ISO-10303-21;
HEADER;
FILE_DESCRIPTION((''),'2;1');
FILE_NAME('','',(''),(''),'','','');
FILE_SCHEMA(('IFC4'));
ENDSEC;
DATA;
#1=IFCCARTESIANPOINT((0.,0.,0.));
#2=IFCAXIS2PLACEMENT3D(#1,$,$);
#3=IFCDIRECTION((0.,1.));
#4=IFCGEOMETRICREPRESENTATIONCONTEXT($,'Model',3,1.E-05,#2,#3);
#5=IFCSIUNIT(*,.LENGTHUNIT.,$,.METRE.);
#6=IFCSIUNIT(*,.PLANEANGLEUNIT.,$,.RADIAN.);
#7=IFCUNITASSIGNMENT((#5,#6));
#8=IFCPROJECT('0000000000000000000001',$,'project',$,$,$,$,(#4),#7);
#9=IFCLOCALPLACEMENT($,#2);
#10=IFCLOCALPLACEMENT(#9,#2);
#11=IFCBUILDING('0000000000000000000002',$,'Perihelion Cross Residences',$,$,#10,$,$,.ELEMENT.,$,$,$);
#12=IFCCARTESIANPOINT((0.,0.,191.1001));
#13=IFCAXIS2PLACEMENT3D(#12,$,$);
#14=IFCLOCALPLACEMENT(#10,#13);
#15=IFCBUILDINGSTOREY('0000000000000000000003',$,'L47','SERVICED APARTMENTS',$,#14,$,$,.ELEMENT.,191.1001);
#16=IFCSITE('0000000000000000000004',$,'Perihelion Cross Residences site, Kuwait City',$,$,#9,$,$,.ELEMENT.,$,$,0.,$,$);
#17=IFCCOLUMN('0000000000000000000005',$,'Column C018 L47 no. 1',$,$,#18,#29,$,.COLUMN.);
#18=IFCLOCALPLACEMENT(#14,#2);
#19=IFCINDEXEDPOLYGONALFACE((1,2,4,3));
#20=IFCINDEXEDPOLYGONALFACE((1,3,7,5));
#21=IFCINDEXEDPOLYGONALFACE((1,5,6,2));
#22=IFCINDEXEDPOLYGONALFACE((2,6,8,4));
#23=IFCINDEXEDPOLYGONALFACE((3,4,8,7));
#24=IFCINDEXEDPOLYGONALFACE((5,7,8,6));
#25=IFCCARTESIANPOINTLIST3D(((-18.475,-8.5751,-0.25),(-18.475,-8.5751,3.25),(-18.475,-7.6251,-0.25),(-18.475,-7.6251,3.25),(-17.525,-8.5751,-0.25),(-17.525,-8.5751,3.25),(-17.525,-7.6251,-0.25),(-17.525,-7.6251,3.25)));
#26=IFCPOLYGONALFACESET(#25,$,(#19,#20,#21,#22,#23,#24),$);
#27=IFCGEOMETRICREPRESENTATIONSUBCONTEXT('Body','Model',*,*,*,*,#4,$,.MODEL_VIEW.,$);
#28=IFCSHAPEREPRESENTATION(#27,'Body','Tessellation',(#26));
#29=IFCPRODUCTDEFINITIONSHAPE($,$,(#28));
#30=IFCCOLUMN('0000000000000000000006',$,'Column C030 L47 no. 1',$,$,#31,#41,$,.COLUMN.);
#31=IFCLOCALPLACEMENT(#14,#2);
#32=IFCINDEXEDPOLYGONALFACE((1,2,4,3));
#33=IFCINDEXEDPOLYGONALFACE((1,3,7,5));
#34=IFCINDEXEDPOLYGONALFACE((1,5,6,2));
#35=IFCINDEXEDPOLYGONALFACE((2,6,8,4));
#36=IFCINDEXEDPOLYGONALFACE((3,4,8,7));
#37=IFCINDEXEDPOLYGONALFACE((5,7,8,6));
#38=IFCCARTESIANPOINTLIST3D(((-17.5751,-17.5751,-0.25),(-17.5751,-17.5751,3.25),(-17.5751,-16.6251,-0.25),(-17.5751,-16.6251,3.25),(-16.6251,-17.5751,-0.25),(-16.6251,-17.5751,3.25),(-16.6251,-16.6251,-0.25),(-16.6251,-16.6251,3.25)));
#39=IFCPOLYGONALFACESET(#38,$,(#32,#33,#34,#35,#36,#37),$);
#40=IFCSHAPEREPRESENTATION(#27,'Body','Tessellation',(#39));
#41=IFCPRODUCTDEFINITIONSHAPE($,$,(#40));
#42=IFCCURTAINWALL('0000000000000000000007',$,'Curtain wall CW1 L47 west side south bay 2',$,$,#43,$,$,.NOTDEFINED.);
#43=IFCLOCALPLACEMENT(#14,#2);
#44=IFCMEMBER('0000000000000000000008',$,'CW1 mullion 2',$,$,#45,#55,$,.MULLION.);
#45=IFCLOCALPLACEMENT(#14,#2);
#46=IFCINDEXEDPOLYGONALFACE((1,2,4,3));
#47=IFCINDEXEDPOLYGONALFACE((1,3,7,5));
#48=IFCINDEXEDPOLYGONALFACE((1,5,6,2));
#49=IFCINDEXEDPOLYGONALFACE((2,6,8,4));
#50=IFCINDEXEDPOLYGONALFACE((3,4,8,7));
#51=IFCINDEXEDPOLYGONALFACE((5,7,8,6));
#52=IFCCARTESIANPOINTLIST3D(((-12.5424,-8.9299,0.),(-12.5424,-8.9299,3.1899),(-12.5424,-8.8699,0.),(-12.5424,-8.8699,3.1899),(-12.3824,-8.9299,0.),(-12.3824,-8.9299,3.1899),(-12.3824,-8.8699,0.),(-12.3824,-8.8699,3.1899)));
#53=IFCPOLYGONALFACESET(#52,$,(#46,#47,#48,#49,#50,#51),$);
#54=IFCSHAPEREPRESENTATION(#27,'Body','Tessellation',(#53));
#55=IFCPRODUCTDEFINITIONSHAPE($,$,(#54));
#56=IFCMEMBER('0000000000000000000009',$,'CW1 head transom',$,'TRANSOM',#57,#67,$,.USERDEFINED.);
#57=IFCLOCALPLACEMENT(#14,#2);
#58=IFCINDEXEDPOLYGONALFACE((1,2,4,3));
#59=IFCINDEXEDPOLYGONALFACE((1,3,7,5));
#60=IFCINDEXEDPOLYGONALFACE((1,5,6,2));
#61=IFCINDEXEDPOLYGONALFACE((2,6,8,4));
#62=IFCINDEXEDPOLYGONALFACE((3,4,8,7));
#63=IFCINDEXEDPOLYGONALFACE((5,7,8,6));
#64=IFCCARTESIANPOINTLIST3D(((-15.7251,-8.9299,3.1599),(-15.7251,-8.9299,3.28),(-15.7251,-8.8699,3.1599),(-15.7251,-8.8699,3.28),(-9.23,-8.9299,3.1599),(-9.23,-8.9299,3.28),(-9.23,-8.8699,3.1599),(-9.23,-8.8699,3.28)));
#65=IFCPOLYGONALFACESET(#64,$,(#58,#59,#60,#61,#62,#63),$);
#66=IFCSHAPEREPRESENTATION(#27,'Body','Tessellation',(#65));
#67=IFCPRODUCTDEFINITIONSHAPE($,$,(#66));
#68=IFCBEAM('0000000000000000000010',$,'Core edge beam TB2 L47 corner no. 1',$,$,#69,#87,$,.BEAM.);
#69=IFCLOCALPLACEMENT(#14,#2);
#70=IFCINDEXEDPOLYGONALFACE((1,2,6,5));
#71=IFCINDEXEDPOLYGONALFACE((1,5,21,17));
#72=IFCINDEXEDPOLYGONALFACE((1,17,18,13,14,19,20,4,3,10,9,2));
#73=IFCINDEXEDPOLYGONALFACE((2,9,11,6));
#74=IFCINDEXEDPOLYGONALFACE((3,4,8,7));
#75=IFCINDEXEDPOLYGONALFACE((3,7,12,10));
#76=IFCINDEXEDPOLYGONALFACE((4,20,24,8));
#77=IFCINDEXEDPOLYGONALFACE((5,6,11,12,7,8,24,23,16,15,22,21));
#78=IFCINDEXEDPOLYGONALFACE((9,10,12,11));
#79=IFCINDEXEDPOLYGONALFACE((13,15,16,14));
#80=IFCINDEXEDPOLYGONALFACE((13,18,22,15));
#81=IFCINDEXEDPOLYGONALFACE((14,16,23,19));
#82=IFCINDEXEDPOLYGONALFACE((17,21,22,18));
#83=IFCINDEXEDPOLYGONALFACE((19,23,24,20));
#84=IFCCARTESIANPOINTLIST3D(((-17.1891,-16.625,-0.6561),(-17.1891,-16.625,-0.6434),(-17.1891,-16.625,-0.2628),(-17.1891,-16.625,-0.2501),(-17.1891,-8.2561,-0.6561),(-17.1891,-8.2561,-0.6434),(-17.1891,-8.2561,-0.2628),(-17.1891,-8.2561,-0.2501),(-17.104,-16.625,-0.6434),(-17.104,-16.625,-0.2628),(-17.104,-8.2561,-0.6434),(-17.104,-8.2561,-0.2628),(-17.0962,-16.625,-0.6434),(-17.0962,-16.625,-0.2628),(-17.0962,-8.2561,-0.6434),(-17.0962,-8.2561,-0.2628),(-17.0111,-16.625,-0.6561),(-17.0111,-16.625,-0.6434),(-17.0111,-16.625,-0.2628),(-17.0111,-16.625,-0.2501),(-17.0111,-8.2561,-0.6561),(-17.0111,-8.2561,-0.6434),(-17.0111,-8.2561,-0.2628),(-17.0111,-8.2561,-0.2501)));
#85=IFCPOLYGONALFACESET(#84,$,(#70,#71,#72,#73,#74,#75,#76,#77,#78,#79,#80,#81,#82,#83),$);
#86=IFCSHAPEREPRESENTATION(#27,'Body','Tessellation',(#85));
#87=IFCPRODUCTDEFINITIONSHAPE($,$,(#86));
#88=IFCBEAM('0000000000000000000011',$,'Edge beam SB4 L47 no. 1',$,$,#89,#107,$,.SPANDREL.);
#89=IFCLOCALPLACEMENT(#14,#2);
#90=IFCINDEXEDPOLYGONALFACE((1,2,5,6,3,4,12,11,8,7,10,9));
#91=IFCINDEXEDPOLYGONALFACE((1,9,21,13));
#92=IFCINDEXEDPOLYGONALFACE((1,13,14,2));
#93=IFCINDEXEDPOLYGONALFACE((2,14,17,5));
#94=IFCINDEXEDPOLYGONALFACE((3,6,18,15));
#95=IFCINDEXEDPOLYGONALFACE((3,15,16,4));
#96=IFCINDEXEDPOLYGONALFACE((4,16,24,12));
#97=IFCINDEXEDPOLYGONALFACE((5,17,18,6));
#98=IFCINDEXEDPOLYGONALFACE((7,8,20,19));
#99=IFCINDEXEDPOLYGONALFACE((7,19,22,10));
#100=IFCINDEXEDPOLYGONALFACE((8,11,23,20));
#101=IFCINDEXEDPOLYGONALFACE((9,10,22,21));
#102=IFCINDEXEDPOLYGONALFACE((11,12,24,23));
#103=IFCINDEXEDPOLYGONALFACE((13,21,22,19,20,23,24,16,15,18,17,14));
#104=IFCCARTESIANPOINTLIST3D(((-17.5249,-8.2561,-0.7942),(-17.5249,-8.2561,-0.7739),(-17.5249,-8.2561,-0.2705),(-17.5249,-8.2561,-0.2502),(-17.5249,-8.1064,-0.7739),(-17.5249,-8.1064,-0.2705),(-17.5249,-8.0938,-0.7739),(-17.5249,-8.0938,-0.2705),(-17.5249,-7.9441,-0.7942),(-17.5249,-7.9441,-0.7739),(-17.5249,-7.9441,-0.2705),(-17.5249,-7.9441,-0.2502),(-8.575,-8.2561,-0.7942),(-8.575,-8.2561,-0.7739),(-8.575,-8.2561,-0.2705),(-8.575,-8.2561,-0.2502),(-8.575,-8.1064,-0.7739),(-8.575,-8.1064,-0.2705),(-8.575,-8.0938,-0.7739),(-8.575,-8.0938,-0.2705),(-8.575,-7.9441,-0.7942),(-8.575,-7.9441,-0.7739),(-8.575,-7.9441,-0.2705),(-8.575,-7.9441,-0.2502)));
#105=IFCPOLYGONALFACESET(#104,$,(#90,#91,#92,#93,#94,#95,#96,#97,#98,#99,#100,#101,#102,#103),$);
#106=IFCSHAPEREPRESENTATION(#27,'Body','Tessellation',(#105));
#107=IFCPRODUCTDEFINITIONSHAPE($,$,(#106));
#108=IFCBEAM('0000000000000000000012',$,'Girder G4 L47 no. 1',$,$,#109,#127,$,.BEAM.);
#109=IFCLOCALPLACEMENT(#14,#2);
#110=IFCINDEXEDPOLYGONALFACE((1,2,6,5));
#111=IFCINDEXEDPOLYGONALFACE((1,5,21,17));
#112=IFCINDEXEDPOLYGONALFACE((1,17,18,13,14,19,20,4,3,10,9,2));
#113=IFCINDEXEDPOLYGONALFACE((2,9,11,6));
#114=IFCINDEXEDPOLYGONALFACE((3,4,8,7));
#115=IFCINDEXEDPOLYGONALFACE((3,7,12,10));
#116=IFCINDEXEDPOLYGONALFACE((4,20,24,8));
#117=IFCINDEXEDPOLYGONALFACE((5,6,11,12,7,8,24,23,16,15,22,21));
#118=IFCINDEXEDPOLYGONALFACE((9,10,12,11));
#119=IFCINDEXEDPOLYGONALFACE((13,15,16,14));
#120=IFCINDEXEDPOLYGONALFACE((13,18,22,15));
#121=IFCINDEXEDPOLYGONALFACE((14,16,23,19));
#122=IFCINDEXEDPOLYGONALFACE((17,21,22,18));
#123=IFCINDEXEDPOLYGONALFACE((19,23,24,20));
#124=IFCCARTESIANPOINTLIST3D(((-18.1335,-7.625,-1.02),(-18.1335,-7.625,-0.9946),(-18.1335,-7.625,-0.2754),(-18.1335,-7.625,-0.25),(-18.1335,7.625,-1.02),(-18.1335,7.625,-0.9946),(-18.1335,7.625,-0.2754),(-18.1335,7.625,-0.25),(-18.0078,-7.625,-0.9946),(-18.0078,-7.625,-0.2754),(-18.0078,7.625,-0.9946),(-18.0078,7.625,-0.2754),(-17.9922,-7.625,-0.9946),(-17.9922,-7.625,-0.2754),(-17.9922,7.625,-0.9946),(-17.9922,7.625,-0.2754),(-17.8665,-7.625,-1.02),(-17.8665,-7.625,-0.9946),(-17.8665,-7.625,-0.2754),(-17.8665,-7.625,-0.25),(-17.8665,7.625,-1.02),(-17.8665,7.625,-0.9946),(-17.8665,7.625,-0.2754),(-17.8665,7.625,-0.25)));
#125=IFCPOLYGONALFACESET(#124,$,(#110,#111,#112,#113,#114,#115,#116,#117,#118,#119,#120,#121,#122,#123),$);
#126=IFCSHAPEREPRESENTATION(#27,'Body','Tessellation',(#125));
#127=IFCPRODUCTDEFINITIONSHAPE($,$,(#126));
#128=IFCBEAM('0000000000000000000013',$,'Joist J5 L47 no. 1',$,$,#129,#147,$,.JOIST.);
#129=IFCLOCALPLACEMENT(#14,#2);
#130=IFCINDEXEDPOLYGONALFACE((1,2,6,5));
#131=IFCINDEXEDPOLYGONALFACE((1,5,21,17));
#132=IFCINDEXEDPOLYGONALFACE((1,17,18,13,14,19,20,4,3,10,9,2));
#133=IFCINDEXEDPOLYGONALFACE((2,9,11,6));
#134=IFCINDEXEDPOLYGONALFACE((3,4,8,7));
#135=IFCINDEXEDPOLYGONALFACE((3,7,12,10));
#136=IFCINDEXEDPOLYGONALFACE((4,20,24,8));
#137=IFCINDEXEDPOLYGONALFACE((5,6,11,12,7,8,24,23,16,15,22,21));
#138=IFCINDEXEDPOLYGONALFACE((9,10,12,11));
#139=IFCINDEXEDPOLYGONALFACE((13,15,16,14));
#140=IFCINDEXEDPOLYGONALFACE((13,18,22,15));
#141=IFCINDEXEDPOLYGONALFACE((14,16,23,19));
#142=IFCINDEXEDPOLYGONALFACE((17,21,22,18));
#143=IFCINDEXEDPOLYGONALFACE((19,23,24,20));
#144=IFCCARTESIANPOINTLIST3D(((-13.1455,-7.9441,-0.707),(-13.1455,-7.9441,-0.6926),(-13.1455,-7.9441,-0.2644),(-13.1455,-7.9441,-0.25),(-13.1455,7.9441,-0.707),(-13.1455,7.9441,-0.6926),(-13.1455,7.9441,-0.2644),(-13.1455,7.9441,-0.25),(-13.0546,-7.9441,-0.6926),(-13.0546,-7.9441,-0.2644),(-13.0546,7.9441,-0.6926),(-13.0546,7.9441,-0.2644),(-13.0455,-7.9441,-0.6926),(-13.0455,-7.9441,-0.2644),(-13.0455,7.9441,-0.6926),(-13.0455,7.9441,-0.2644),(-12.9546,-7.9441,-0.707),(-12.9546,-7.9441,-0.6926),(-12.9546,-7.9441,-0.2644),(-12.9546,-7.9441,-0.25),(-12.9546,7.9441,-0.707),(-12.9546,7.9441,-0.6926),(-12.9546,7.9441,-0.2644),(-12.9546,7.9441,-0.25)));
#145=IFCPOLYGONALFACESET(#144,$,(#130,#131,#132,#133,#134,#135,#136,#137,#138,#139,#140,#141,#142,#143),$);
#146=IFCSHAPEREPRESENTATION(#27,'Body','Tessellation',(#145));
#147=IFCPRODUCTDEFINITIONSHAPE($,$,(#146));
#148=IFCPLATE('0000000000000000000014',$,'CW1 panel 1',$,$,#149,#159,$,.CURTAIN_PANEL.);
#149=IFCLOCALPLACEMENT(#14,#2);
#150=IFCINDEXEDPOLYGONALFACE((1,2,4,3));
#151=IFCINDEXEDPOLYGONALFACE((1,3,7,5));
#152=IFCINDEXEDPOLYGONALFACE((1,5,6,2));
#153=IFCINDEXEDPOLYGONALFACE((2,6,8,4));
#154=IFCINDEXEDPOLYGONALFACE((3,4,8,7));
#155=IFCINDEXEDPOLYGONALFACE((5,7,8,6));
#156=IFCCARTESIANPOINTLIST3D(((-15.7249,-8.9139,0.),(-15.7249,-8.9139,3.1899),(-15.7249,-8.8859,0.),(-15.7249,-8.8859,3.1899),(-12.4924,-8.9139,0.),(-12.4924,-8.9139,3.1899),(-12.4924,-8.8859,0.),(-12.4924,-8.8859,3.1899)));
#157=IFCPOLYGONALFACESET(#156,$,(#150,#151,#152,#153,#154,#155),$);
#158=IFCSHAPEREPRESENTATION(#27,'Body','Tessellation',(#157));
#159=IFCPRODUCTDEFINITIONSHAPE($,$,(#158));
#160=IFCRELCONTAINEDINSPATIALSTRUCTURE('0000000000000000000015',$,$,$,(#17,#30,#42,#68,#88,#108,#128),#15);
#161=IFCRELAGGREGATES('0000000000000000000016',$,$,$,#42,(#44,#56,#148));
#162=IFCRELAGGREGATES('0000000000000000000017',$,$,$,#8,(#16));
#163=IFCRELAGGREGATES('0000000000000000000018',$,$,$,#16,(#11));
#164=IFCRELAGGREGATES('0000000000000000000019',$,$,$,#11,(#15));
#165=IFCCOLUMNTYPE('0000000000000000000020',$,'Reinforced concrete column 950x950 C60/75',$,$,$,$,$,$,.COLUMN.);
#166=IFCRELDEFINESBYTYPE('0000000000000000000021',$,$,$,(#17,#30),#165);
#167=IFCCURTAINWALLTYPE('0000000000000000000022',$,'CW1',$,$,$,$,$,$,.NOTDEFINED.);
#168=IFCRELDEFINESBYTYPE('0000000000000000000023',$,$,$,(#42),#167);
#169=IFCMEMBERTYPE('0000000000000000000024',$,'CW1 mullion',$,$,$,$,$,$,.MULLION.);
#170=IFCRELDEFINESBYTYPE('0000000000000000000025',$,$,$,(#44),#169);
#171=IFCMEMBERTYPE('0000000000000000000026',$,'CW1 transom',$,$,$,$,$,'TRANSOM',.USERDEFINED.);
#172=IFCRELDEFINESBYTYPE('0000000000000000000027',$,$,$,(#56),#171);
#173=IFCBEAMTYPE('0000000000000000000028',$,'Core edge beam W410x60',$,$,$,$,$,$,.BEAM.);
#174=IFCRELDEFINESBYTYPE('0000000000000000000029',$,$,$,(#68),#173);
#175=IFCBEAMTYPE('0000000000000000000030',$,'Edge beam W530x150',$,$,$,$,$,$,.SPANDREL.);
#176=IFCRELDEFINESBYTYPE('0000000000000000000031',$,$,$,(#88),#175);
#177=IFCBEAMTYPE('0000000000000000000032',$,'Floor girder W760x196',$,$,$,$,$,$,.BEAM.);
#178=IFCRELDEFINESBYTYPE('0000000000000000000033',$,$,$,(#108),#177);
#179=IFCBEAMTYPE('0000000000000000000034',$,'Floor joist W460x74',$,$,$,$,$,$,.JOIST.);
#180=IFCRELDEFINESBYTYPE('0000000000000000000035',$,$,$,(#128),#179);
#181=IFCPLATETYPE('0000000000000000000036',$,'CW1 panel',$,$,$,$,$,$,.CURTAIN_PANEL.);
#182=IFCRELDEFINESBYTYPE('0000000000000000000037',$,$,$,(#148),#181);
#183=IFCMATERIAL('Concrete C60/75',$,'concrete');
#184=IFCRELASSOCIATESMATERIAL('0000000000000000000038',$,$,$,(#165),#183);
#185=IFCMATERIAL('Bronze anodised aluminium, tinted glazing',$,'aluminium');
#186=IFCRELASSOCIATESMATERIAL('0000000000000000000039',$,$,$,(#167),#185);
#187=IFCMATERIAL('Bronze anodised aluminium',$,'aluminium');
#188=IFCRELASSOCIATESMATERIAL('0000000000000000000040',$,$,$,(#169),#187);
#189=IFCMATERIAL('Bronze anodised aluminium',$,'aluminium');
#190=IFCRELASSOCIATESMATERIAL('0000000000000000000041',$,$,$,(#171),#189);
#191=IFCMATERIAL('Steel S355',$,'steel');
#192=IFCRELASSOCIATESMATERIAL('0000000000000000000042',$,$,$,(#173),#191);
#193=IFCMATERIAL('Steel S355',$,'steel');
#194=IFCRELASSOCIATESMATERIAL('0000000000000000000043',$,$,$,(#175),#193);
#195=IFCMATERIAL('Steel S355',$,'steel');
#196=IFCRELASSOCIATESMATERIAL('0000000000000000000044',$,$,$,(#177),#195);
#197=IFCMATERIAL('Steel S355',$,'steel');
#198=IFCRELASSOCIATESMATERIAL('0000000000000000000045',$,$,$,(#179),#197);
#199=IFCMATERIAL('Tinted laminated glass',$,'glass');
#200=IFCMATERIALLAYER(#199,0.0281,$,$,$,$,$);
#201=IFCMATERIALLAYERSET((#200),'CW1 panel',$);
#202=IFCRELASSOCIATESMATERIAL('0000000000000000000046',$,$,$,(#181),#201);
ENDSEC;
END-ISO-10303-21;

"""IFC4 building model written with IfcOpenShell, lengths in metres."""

from ifc_helpers import new_model, si_unit, direction, frame, origin, origin_2d, place, context, subcontext, project, spatial, rectangle, i_section, extrude, material, layer, layer_set, material_profile, profile_set, type_object, element, aggregate, save


model = new_model("IFC4")

# Units and contexts
model_context = context("Model", 3, precision=1e-05, world=origin(), true_north=direction((0.0, 1.0)))
body_context = subcontext(model_context, "Body", "Model", "MODEL_VIEW")
ifc_project = project(units=[si_unit("LENGTHUNIT", "METRE"), si_unit("PLANEANGLEUNIT", "RADIAN")], contexts=[model_context])

# Site, building, storey
site_placement = place(None, origin())
site = spatial("IfcSite", under=ifc_project, at=site_placement, Name="Perihelion Cross Residences site, Kuwait City", CompositionType="ELEMENT", RefElevation=0.0)
building_placement = place(site_placement, origin())
building = spatial("IfcBuilding", under=site, at=building_placement, Name="Perihelion Cross Residences", CompositionType="ELEMENT")
storey_placement = place(building_placement, frame((0.0, 0.0, 191.1001)))
storey = spatial("IfcBuildingStorey", under=building, at=storey_placement, Name="L47", Description="SERVICED APARTMENTS", CompositionType="ELEMENT", Elevation=191.1001)

# Columns
ifc_material_1 = material(Name="Concrete C60/75", Category="concrete")
ifc_material_profile_1 = material_profile(ifc_material_1, rectangle(XDim=0.95, YDim=0.95, at=origin_2d()), Name="RC 950x950")
ifc_profile_set_1 = profile_set([ifc_material_profile_1], Name="Concrete C60/75")
column_type = type_object("IfcColumnType", Name="Reinforced concrete column 950x950 C60/75", PredefinedType="COLUMN", material=ifc_profile_set_1)
for number, where, z_axis, x_axis, name in (
    (1, (-18.0, -8.1001, -0.25), (0.0, 0.0, 1.0), (1.0, 0.0, 0.0), "Column C018 L47 no. 1"),
    (2, (-17.1001, -17.1001, -0.25), (0.0, 0.0, 1.0), (1.0, 0.0, 0.0), "Column C030 L47 no. 1"),
):
    element("IfcColumn", number, at=place(storey_placement, frame(where, z_axis=z_axis, x_axis=x_axis)), inside=storey, type_object=column_type, Name=name, PredefinedType="COLUMN", context=body_context, shape_type="SweptSolid", body=[
        extrude(rectangle(XDim=0.95, YDim=0.95, at=origin_2d()), origin(), (0.0, 0.0, 1.0), 3.5),
    ])

# Curtain wall, members
ifc_material_2 = material(Name="Bronze anodised aluminium, tinted glazing", Category="aluminium")
curtain_wall_type = type_object("IfcCurtainWallType", Name="CW1", PredefinedType="NOTDEFINED", material=ifc_material_2)
curtain_wall_placement = place(storey_placement, origin())
curtain_wall = element("IfcCurtainWall", 3, at=curtain_wall_placement, inside=storey, type_object=curtain_wall_type, Name="Curtain wall CW1 L47 west side south bay 2", PredefinedType="NOTDEFINED")
ifc_material_3 = material(Name="Bronze anodised aluminium", Category="aluminium")
ifc_material_profile_2 = material_profile(ifc_material_3, rectangle(XDim=0.0601, YDim=0.1599, at=origin_2d()), Name="CW1 mullion")
ifc_profile_set_2 = profile_set([ifc_material_profile_2], Name="Bronze anodised aluminium")
member_type_1 = type_object("IfcMemberType", Name="CW1 mullion", PredefinedType="MULLION", material=ifc_profile_set_2)
member_1_placement = place(storey_placement, frame((-12.4624, -8.8999, 0.0), z_axis=(0.0, 0.0, 1.0), x_axis=(0.0, 1.0, 0.0)))
member_1 = element("IfcMember", 4, at=member_1_placement, type_object=member_type_1, Name="CW1 mullion 2", PredefinedType="MULLION", context=body_context, shape_type="SweptSolid", body=[
    extrude(rectangle(XDim=0.0601, YDim=0.1599, at=origin_2d()), origin(), (0.0, 0.0, 1.0), 3.1899),
])
ifc_material_4 = material(Name="Bronze anodised aluminium", Category="aluminium")
ifc_material_profile_3 = material_profile(ifc_material_4, rectangle(XDim=0.0601, YDim=0.1201, at=origin_2d()), Name="CW1 transom")
ifc_profile_set_3 = profile_set([ifc_material_profile_3], Name="Bronze anodised aluminium")
member_type_2 = type_object("IfcMemberType", Name="CW1 transom", ElementType="TRANSOM", PredefinedType="USERDEFINED", material=ifc_profile_set_3)
member_2_placement = place(storey_placement, frame((-15.7251, -8.8999, 3.22), z_axis=(1.0, 0.0, 0.0), x_axis=(0.0, 1.0, 0.0)))
member_2 = element("IfcMember", 5, at=member_2_placement, type_object=member_type_2, Name="CW1 head transom", ObjectType="TRANSOM", PredefinedType="USERDEFINED", context=body_context, shape_type="SweptSolid", body=[
    extrude(rectangle(XDim=0.0601, YDim=0.1201, at=origin_2d()), origin(), (0.0, 0.0, 1.0), 6.4951),
])

# Beams
ifc_material_5 = material(Name="Steel S355", Category="steel")
ifc_material_profile_4 = material_profile(ifc_material_5, i_section(OverallWidth=0.178, OverallDepth=0.406, WebThickness=0.0078, FlangeThickness=0.0127, at=origin_2d()), Name="W410x60")
ifc_profile_set_4 = profile_set([ifc_material_profile_4], Name="Steel S355")
beam_type_1 = type_object("IfcBeamType", Name="Core edge beam W410x60", PredefinedType="BEAM", material=ifc_profile_set_4)
beam_1_placement = place(storey_placement, frame((-17.1001, -8.2561, -0.4531), z_axis=(0.0, -1.0, 0.0), x_axis=(1.0, 0.0, 0.0)))
element("IfcBeam", 6, at=beam_1_placement, inside=storey, type_object=beam_type_1, Name="Core edge beam TB2 L47 corner no. 1", PredefinedType="BEAM", context=body_context, shape_type="SweptSolid", body=[
    extrude(i_section(OverallWidth=0.178, OverallDepth=0.406, WebThickness=0.0078, FlangeThickness=0.0127, at=origin_2d()), origin(), (0.0, 0.0, 1.0), 8.3689),
])
ifc_material_6 = material(Name="Steel S355", Category="steel")
ifc_material_profile_5 = material_profile(ifc_material_6, i_section(OverallWidth=0.312, OverallDepth=0.5439, WebThickness=0.0127, FlangeThickness=0.0203, at=origin_2d()), Name="W530x150")
ifc_profile_set_5 = profile_set([ifc_material_profile_5], Name="Steel S355")
beam_type_2 = type_object("IfcBeamType", Name="Edge beam W530x150", PredefinedType="SPANDREL", material=ifc_profile_set_5)
beam_2_placement = place(storey_placement, frame((-17.5249, -8.1001, -0.5222), z_axis=(1.0, 0.0, 0.0), x_axis=(0.0, 1.0, 0.0)))
element("IfcBeam", 7, at=beam_2_placement, inside=storey, type_object=beam_type_2, Name="Edge beam SB4 L47 no. 1", PredefinedType="SPANDREL", context=body_context, shape_type="SweptSolid", body=[
    extrude(i_section(OverallWidth=0.312, OverallDepth=0.5439, WebThickness=0.0127, FlangeThickness=0.0203, at=origin_2d()), origin(), (0.0, 0.0, 1.0), 8.95),
])
ifc_material_7 = material(Name="Steel S355", Category="steel")
ifc_material_profile_6 = material_profile(ifc_material_7, i_section(OverallWidth=0.2671, OverallDepth=0.77, WebThickness=0.0156, FlangeThickness=0.0254, at=origin_2d()), Name="W760x196")
ifc_profile_set_6 = profile_set([ifc_material_profile_6], Name="Steel S355")
beam_type_3 = type_object("IfcBeamType", Name="Floor girder W760x196", PredefinedType="BEAM", material=ifc_profile_set_6)
beam_3_placement = place(storey_placement, frame((-18.0, -7.625, -0.635), z_axis=(0.0, 1.0, 0.0), x_axis=(-1.0, 0.0, 0.0)))
element("IfcBeam", 8, at=beam_3_placement, inside=storey, type_object=beam_type_3, Name="Girder G4 L47 no. 1", PredefinedType="BEAM", context=body_context, shape_type="SweptSolid", body=[
    extrude(i_section(OverallWidth=0.2671, OverallDepth=0.77, WebThickness=0.0156, FlangeThickness=0.0254, at=origin_2d()), origin(), (0.0, 0.0, 1.0), 15.25),
])
ifc_material_8 = material(Name="Steel S355", Category="steel")
ifc_material_profile_7 = material_profile(ifc_material_8, i_section(OverallWidth=0.1909, OverallDepth=0.457, WebThickness=0.009, FlangeThickness=0.0144, at=origin_2d()), Name="W460x74")
ifc_profile_set_7 = profile_set([ifc_material_profile_7], Name="Steel S355")
beam_type_4 = type_object("IfcBeamType", Name="Floor joist W460x74", PredefinedType="JOIST", material=ifc_profile_set_7)
beam_4_placement = place(storey_placement, frame((-13.05, -7.9441, -0.4785), z_axis=(0.0, 1.0, 0.0), x_axis=(-1.0, 0.0, 0.0)))
element("IfcBeam", 9, at=beam_4_placement, inside=storey, type_object=beam_type_4, Name="Joist J5 L47 no. 1", PredefinedType="JOIST", context=body_context, shape_type="SweptSolid", body=[
    extrude(i_section(OverallWidth=0.1909, OverallDepth=0.457, WebThickness=0.009, FlangeThickness=0.0144, at=origin_2d()), origin(), (0.0, 0.0, 1.0), 15.8882),
])

# Plate
ifc_material_9 = material(Name="Tinted laminated glass", Category="glass")
ifc_layer_1 = layer(ifc_material_9, 0.0281)
ifc_layer_set_1 = layer_set([ifc_layer_1], Name="CW1 panel")
plate_type = type_object("IfcPlateType", Name="CW1 panel", PredefinedType="CURTAIN_PANEL", material=ifc_layer_set_1)
plate_placement = place(storey_placement, frame((-14.1086, -8.8999, 0.0), z_axis=(0.0, 0.0, 1.0), x_axis=(1.0, 0.0, 0.0)))
plate = element("IfcPlate", 10, at=plate_placement, type_object=plate_type, Name="CW1 panel 1", PredefinedType="CURTAIN_PANEL", context=body_context, shape_type="SweptSolid", body=[
    extrude(rectangle(XDim=3.2324, YDim=0.0281, at=origin_2d()), origin(), (0.0, 0.0, 1.0), 3.1899),
])
aggregate(curtain_wall, [member_1, member_2, plate])

save(model, "model.ifc")
